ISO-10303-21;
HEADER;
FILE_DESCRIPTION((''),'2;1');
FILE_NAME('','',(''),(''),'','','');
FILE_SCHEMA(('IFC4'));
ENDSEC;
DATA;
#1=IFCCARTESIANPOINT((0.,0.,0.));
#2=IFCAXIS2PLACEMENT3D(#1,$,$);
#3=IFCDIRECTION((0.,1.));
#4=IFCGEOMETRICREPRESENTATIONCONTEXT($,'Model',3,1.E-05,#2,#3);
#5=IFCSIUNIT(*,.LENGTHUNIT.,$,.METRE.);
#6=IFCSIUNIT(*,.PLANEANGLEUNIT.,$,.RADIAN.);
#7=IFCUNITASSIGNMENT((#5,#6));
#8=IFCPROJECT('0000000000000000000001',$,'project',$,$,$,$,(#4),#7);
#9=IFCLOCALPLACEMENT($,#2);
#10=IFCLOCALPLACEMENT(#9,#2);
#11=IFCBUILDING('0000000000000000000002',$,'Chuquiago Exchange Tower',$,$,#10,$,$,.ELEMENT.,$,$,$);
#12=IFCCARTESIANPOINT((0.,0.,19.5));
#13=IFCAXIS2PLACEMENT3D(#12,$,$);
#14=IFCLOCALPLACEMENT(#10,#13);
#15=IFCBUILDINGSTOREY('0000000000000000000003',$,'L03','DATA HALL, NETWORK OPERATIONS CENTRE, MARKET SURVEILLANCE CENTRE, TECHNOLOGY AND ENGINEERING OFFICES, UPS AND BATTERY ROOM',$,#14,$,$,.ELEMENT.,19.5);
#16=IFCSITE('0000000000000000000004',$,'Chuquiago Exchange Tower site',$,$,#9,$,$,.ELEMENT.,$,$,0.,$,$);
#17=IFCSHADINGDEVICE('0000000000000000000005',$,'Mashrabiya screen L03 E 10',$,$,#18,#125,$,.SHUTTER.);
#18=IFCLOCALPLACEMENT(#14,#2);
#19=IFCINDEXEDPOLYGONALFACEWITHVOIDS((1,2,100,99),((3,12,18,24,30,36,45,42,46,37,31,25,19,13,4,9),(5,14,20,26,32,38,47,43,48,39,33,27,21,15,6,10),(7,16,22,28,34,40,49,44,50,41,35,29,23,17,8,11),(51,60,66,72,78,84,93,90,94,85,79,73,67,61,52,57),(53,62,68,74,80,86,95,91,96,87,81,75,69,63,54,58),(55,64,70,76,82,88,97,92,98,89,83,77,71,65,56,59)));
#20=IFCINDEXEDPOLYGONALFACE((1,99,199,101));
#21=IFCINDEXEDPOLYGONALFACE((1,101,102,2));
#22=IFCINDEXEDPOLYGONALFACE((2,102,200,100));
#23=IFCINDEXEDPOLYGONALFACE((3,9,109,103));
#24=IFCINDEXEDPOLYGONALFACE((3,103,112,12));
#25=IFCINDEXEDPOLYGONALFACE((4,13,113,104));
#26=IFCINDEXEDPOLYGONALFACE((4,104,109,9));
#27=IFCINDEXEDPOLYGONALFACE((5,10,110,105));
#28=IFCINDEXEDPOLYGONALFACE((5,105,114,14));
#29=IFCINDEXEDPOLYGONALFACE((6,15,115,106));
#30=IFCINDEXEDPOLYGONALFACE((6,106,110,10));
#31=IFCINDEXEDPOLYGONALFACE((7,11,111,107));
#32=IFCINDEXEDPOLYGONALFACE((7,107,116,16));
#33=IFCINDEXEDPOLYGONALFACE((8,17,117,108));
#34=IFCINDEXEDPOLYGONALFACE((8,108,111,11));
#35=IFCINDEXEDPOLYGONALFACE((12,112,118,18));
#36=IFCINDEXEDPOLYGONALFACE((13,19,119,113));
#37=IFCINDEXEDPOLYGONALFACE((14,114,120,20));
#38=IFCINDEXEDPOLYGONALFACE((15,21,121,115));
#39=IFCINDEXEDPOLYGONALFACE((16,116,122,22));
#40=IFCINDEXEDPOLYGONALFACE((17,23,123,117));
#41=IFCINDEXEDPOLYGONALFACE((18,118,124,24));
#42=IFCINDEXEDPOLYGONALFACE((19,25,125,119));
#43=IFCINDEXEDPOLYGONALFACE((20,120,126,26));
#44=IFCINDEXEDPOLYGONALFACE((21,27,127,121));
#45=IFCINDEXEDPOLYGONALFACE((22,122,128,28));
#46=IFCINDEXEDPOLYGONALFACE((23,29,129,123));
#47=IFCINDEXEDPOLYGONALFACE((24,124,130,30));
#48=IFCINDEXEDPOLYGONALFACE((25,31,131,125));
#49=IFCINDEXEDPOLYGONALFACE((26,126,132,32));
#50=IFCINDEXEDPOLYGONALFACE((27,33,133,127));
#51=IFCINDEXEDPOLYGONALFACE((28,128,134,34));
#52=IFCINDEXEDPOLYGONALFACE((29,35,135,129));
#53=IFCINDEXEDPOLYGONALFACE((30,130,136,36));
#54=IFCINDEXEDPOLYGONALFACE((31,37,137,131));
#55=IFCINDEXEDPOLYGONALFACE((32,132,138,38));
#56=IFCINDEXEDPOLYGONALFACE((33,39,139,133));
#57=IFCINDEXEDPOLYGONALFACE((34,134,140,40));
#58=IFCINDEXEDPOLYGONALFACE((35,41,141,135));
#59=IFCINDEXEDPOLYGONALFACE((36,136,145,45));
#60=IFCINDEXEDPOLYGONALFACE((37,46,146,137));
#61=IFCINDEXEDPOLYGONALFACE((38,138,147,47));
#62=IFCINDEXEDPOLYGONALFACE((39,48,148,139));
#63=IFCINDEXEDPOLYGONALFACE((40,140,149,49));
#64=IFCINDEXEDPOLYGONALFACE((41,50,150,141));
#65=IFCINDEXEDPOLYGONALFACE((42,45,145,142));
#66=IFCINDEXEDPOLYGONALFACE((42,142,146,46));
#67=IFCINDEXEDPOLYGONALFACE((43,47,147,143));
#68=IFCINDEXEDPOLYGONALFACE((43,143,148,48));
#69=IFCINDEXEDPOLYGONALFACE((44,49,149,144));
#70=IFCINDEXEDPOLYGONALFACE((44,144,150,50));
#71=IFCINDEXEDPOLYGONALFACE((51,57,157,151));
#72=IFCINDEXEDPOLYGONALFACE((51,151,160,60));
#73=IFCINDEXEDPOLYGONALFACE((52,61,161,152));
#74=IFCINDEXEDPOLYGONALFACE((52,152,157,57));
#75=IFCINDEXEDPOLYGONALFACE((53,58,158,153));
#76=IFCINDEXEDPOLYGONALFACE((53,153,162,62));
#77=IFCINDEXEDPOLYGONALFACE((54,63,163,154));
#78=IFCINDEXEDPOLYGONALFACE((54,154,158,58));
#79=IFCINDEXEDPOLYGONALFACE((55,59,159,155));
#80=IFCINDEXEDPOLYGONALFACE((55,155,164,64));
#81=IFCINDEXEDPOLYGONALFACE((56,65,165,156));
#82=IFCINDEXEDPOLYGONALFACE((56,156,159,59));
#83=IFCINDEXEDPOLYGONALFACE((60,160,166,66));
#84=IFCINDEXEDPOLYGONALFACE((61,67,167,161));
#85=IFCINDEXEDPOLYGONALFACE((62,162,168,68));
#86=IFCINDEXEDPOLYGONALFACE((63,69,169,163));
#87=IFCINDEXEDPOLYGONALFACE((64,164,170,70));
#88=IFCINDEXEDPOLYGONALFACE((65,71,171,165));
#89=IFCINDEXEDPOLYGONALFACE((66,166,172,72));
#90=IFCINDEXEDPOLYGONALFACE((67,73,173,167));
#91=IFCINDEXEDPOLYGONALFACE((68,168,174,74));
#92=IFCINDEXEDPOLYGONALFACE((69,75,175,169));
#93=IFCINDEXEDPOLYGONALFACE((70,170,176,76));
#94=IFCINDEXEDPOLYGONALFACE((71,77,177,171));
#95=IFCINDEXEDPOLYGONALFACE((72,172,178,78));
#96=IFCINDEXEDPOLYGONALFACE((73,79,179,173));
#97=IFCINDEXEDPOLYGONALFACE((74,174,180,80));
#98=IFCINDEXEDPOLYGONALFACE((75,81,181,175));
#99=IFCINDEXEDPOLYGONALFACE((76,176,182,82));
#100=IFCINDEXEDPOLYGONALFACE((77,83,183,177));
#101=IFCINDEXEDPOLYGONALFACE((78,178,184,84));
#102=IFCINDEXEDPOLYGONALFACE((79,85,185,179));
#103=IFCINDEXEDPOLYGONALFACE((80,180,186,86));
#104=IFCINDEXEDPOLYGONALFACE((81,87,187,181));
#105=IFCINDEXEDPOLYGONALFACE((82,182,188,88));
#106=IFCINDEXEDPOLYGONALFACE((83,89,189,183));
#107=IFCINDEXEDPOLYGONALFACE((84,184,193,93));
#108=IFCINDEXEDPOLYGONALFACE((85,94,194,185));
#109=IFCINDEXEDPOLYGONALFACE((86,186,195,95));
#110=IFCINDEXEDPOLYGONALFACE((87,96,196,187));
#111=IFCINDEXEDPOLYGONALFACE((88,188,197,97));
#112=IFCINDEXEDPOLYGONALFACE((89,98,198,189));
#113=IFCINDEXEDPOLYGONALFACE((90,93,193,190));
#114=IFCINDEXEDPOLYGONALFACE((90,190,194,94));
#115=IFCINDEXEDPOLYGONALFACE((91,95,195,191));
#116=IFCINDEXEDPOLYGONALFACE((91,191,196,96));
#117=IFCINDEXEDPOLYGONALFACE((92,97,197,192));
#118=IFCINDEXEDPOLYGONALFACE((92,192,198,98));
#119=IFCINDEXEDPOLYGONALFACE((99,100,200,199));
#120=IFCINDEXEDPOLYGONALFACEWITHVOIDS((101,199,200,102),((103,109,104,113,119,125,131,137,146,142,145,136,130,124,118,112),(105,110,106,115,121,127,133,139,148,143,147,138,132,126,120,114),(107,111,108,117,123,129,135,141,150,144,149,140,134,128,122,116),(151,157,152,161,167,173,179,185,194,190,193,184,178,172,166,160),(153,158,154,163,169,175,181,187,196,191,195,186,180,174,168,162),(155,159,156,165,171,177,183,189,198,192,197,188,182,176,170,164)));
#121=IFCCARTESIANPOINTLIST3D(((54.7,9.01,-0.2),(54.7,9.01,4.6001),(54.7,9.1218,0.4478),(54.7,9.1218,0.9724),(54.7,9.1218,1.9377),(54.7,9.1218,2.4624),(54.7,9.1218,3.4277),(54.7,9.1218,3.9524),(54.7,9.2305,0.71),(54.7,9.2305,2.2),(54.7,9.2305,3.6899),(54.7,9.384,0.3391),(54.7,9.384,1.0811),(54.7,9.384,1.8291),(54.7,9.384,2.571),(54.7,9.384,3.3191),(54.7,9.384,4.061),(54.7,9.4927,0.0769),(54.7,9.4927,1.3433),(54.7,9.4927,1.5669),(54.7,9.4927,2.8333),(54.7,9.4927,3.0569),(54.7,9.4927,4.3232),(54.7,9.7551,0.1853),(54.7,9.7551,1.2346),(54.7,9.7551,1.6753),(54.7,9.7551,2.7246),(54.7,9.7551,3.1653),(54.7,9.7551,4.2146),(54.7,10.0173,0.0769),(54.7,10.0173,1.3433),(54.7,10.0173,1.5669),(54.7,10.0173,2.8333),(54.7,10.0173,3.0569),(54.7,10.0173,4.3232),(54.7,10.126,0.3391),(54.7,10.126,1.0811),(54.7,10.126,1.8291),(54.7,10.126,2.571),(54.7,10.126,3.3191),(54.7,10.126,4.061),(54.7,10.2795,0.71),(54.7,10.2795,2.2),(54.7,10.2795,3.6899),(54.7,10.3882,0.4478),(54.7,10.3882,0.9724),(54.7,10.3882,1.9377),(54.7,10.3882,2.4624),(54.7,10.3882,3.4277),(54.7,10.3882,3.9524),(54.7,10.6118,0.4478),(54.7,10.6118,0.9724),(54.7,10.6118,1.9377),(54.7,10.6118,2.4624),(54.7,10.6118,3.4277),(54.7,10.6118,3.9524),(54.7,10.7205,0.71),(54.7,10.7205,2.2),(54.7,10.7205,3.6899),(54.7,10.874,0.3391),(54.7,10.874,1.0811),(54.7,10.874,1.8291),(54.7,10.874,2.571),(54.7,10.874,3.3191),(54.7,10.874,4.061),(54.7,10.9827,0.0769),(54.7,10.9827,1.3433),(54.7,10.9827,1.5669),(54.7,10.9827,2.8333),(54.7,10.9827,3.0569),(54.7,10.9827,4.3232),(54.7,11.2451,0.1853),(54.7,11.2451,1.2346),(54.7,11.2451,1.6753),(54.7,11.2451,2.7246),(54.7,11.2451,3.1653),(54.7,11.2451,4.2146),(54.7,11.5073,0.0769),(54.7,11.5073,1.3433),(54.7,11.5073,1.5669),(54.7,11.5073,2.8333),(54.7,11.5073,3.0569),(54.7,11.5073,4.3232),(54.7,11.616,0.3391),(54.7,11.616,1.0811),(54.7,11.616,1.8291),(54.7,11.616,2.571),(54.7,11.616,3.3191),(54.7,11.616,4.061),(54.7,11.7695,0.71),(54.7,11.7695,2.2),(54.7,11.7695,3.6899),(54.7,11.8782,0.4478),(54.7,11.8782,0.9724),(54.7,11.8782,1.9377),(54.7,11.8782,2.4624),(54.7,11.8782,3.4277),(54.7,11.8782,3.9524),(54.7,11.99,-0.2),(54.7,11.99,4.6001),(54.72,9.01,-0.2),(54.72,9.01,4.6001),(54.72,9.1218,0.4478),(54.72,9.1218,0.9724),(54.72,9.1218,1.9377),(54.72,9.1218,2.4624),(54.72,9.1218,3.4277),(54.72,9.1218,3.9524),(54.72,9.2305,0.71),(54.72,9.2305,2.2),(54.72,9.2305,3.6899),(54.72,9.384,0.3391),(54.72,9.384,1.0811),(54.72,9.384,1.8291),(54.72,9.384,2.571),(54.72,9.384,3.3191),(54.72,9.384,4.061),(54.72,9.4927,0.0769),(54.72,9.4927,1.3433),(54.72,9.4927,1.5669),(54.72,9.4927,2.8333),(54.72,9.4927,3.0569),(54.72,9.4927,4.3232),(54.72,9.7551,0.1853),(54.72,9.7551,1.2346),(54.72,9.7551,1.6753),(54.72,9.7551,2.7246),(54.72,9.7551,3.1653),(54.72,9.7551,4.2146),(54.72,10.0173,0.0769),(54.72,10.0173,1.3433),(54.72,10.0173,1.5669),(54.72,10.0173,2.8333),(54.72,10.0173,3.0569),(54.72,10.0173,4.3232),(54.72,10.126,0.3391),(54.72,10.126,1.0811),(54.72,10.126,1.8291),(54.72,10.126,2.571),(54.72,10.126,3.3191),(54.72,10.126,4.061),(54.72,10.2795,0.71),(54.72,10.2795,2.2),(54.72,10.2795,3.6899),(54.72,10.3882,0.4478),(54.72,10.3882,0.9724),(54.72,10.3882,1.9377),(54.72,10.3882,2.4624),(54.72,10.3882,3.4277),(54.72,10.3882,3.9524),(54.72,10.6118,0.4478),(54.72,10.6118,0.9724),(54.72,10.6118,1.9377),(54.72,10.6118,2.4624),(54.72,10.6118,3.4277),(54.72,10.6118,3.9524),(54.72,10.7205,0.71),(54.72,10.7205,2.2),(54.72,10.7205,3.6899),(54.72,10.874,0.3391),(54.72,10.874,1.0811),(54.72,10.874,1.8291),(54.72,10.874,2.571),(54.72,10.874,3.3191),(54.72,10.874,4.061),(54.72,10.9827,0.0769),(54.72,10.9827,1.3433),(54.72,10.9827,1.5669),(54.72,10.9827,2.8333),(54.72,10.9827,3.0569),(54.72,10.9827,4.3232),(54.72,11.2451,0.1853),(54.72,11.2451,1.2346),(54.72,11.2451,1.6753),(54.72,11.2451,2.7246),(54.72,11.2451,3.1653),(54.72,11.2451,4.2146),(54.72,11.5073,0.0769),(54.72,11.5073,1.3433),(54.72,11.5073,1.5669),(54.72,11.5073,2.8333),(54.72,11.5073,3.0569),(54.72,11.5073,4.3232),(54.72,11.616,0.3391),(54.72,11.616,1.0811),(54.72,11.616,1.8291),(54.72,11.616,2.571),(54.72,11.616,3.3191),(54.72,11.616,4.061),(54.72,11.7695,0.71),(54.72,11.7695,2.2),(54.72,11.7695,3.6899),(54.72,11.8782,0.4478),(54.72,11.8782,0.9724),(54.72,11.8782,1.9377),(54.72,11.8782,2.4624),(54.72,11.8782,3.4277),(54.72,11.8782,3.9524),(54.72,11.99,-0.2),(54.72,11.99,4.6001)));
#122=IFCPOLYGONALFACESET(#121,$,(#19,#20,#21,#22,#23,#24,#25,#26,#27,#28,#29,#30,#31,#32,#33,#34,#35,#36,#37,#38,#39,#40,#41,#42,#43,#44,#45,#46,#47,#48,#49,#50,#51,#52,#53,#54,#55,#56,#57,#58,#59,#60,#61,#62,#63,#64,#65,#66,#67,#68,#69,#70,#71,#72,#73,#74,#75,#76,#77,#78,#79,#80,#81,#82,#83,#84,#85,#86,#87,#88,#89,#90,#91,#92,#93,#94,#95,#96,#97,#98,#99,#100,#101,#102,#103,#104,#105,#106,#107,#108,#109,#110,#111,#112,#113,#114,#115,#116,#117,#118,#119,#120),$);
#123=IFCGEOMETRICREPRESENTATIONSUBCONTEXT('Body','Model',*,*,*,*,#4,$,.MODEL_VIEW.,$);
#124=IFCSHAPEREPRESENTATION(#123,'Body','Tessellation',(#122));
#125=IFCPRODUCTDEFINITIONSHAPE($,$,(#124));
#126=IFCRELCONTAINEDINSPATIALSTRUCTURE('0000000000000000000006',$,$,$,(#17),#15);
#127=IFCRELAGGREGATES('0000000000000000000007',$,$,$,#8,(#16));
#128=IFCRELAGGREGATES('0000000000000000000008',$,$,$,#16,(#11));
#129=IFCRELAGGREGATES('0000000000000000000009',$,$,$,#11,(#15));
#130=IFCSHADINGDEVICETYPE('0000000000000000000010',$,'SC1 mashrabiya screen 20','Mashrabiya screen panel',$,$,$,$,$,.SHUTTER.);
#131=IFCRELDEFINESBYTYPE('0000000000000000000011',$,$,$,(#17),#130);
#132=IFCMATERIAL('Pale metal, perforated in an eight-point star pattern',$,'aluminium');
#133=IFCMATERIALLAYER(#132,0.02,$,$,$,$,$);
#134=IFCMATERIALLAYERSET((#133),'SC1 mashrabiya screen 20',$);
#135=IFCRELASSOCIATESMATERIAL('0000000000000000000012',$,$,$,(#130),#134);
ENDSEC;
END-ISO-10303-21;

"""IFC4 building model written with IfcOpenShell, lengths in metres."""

from ifc_helpers import new_model, si_unit, direction, frame, origin, place, context, subcontext, project, spatial, polyline, outline, extrude, material, layer, layer_set, type_object, element, save


model = new_model("IFC4")

# Units and contexts
model_context = context("Model", 3, precision=1e-05, world=origin(), true_north=direction((0.0, 1.0)))
body_context = subcontext(model_context, "Body", "Model", "MODEL_VIEW")
ifc_project = project(units=[si_unit("LENGTHUNIT", "METRE"), si_unit("PLANEANGLEUNIT", "RADIAN")], contexts=[model_context])

# Site, building, storey
site_placement = place(None, origin())
site = spatial("IfcSite", under=ifc_project, at=site_placement, Name="Chuquiago Exchange Tower site", CompositionType="ELEMENT", RefElevation=0.0)
building_placement = place(site_placement, origin())
building = spatial("IfcBuilding", under=site, at=building_placement, Name="Chuquiago Exchange Tower", CompositionType="ELEMENT")
storey_placement = place(building_placement, frame((0.0, 0.0, 19.5)))
storey = spatial("IfcBuildingStorey", under=building, at=storey_placement, Name="L03", Description="DATA HALL, NETWORK OPERATIONS CENTRE, MARKET SURVEILLANCE CENTRE, TECHNOLOGY AND ENGINEERING OFFICES, UPS AND BATTERY ROOM", CompositionType="ELEMENT", Elevation=19.5)

# Shading device
ifc_material_1 = material(Name="Pale metal, perforated in an eight-point star pattern", Category="aluminium")
ifc_layer_1 = layer(ifc_material_1, 0.02)
ifc_layer_set_1 = layer_set([ifc_layer_1], Name="SC1 mashrabiya screen 20")
shading_device_type = type_object("IfcShadingDeviceType", Name="SC1 mashrabiya screen 20", Description="Mashrabiya screen panel", PredefinedType="SHUTTER", material=ifc_layer_set_1)
shading_device_1_placement = place(storey_placement, frame((54.7, 9.01, -0.2), z_axis=(0.0, 0.0, 1.0), x_axis=(0.0, 1.0, 0.0)))
element("IfcShadingDevice", 1, at=shading_device_1_placement, inside=storey, type_object=shading_device_type, Name="Mashrabiya screen L03 E 10", PredefinedType="SHUTTER", context=body_context, shape_type="SweptSolid", body=[
    extrude(outline(polyline([(0.0, 0.0), (2.98, 0.0), (2.98, 4.8), (0.0, 4.8), (0.0, 0.0)]), holes=[polyline([(1.2695, 0.9099), (1.3782, 1.1724), (1.116, 1.281), (1.0073, 1.5432), (0.7451, 1.4346), (0.4827, 1.5432), (0.374, 1.281), (0.1118, 1.1724), (0.2205, 0.9099), (0.1118, 0.6477), (0.374, 0.5391), (0.4827, 0.2769), (0.7451, 0.3853), (1.0073, 0.2769), (1.116, 0.5391), (1.3782, 0.6477), (1.2695, 0.9099)]), polyline([(2.7595, 0.9099), (2.8682, 1.1724), (2.606, 1.281), (2.4973, 1.5432), (2.2351, 1.4346), (1.9727, 1.5432), (1.864, 1.281), (1.6018, 1.1724), (1.7104, 0.9099), (1.6018, 0.6477), (1.864, 0.5391), (1.9727, 0.2769), (2.2351, 0.3853), (2.4973, 0.2769), (2.606, 0.5391), (2.8682, 0.6477), (2.7595, 0.9099)]), polyline([(1.2695, 2.3999), (1.3782, 2.6624), (1.116, 2.771), (1.0073, 3.0332), (0.7451, 2.9246), (0.4827, 3.0332), (0.374, 2.771), (0.1118, 2.6624), (0.2205, 2.3999), (0.1118, 2.1377), (0.374, 2.0291), (0.4827, 1.7668), (0.7451, 1.8752), (1.0073, 1.7668), (1.116, 2.0291), (1.3782, 2.1377), (1.2695, 2.3999)]), polyline([(2.7595, 2.3999), (2.8682, 2.6624), (2.606, 2.771), (2.4973, 3.0332), (2.2351, 2.9246), (1.9727, 3.0332), (1.864, 2.771), (1.6018, 2.6624), (1.7104, 2.3999), (1.6018, 2.1377), (1.864, 2.0291), (1.9727, 1.7668), (2.2351, 1.8752), (2.4973, 1.7668), (2.606, 2.0291), (2.8682, 2.1377), (2.7595, 2.3999)]), polyline([(1.2695, 3.8899), (1.3782, 4.1523), (1.116, 4.261), (1.0073, 4.5232), (0.7451, 4.4146), (0.4827, 4.5232), (0.374, 4.261), (0.1118, 4.1523), (0.2205, 3.8899), (0.1118, 3.6277), (0.374, 3.519), (0.4827, 3.2568), (0.7451, 3.3652), (1.0073, 3.2568), (1.116, 3.519), (1.3782, 3.6277), (1.2695, 3.8899)]), polyline([(2.7595, 3.8899), (2.8682, 4.1523), (2.606, 4.261), (2.4973, 4.5232), (2.2351, 4.4146), (1.9727, 4.5232), (1.864, 4.261), (1.6018, 4.1523), (1.7104, 3.8899), (1.6018, 3.6277), (1.864, 3.519), (1.9727, 3.2568), (2.2351, 3.3652), (2.4973, 3.2568), (2.606, 3.519), (2.8682, 3.6277), (2.7595, 3.8899)])]), frame((0.0, 0.0, 0.0), z_axis=(0.0, -1.0, 0.0), x_axis=(1.0, 0.0, 0.0)), (0.0, 0.0, 1.0), 0.02),
])

save(model, "model.ifc")
